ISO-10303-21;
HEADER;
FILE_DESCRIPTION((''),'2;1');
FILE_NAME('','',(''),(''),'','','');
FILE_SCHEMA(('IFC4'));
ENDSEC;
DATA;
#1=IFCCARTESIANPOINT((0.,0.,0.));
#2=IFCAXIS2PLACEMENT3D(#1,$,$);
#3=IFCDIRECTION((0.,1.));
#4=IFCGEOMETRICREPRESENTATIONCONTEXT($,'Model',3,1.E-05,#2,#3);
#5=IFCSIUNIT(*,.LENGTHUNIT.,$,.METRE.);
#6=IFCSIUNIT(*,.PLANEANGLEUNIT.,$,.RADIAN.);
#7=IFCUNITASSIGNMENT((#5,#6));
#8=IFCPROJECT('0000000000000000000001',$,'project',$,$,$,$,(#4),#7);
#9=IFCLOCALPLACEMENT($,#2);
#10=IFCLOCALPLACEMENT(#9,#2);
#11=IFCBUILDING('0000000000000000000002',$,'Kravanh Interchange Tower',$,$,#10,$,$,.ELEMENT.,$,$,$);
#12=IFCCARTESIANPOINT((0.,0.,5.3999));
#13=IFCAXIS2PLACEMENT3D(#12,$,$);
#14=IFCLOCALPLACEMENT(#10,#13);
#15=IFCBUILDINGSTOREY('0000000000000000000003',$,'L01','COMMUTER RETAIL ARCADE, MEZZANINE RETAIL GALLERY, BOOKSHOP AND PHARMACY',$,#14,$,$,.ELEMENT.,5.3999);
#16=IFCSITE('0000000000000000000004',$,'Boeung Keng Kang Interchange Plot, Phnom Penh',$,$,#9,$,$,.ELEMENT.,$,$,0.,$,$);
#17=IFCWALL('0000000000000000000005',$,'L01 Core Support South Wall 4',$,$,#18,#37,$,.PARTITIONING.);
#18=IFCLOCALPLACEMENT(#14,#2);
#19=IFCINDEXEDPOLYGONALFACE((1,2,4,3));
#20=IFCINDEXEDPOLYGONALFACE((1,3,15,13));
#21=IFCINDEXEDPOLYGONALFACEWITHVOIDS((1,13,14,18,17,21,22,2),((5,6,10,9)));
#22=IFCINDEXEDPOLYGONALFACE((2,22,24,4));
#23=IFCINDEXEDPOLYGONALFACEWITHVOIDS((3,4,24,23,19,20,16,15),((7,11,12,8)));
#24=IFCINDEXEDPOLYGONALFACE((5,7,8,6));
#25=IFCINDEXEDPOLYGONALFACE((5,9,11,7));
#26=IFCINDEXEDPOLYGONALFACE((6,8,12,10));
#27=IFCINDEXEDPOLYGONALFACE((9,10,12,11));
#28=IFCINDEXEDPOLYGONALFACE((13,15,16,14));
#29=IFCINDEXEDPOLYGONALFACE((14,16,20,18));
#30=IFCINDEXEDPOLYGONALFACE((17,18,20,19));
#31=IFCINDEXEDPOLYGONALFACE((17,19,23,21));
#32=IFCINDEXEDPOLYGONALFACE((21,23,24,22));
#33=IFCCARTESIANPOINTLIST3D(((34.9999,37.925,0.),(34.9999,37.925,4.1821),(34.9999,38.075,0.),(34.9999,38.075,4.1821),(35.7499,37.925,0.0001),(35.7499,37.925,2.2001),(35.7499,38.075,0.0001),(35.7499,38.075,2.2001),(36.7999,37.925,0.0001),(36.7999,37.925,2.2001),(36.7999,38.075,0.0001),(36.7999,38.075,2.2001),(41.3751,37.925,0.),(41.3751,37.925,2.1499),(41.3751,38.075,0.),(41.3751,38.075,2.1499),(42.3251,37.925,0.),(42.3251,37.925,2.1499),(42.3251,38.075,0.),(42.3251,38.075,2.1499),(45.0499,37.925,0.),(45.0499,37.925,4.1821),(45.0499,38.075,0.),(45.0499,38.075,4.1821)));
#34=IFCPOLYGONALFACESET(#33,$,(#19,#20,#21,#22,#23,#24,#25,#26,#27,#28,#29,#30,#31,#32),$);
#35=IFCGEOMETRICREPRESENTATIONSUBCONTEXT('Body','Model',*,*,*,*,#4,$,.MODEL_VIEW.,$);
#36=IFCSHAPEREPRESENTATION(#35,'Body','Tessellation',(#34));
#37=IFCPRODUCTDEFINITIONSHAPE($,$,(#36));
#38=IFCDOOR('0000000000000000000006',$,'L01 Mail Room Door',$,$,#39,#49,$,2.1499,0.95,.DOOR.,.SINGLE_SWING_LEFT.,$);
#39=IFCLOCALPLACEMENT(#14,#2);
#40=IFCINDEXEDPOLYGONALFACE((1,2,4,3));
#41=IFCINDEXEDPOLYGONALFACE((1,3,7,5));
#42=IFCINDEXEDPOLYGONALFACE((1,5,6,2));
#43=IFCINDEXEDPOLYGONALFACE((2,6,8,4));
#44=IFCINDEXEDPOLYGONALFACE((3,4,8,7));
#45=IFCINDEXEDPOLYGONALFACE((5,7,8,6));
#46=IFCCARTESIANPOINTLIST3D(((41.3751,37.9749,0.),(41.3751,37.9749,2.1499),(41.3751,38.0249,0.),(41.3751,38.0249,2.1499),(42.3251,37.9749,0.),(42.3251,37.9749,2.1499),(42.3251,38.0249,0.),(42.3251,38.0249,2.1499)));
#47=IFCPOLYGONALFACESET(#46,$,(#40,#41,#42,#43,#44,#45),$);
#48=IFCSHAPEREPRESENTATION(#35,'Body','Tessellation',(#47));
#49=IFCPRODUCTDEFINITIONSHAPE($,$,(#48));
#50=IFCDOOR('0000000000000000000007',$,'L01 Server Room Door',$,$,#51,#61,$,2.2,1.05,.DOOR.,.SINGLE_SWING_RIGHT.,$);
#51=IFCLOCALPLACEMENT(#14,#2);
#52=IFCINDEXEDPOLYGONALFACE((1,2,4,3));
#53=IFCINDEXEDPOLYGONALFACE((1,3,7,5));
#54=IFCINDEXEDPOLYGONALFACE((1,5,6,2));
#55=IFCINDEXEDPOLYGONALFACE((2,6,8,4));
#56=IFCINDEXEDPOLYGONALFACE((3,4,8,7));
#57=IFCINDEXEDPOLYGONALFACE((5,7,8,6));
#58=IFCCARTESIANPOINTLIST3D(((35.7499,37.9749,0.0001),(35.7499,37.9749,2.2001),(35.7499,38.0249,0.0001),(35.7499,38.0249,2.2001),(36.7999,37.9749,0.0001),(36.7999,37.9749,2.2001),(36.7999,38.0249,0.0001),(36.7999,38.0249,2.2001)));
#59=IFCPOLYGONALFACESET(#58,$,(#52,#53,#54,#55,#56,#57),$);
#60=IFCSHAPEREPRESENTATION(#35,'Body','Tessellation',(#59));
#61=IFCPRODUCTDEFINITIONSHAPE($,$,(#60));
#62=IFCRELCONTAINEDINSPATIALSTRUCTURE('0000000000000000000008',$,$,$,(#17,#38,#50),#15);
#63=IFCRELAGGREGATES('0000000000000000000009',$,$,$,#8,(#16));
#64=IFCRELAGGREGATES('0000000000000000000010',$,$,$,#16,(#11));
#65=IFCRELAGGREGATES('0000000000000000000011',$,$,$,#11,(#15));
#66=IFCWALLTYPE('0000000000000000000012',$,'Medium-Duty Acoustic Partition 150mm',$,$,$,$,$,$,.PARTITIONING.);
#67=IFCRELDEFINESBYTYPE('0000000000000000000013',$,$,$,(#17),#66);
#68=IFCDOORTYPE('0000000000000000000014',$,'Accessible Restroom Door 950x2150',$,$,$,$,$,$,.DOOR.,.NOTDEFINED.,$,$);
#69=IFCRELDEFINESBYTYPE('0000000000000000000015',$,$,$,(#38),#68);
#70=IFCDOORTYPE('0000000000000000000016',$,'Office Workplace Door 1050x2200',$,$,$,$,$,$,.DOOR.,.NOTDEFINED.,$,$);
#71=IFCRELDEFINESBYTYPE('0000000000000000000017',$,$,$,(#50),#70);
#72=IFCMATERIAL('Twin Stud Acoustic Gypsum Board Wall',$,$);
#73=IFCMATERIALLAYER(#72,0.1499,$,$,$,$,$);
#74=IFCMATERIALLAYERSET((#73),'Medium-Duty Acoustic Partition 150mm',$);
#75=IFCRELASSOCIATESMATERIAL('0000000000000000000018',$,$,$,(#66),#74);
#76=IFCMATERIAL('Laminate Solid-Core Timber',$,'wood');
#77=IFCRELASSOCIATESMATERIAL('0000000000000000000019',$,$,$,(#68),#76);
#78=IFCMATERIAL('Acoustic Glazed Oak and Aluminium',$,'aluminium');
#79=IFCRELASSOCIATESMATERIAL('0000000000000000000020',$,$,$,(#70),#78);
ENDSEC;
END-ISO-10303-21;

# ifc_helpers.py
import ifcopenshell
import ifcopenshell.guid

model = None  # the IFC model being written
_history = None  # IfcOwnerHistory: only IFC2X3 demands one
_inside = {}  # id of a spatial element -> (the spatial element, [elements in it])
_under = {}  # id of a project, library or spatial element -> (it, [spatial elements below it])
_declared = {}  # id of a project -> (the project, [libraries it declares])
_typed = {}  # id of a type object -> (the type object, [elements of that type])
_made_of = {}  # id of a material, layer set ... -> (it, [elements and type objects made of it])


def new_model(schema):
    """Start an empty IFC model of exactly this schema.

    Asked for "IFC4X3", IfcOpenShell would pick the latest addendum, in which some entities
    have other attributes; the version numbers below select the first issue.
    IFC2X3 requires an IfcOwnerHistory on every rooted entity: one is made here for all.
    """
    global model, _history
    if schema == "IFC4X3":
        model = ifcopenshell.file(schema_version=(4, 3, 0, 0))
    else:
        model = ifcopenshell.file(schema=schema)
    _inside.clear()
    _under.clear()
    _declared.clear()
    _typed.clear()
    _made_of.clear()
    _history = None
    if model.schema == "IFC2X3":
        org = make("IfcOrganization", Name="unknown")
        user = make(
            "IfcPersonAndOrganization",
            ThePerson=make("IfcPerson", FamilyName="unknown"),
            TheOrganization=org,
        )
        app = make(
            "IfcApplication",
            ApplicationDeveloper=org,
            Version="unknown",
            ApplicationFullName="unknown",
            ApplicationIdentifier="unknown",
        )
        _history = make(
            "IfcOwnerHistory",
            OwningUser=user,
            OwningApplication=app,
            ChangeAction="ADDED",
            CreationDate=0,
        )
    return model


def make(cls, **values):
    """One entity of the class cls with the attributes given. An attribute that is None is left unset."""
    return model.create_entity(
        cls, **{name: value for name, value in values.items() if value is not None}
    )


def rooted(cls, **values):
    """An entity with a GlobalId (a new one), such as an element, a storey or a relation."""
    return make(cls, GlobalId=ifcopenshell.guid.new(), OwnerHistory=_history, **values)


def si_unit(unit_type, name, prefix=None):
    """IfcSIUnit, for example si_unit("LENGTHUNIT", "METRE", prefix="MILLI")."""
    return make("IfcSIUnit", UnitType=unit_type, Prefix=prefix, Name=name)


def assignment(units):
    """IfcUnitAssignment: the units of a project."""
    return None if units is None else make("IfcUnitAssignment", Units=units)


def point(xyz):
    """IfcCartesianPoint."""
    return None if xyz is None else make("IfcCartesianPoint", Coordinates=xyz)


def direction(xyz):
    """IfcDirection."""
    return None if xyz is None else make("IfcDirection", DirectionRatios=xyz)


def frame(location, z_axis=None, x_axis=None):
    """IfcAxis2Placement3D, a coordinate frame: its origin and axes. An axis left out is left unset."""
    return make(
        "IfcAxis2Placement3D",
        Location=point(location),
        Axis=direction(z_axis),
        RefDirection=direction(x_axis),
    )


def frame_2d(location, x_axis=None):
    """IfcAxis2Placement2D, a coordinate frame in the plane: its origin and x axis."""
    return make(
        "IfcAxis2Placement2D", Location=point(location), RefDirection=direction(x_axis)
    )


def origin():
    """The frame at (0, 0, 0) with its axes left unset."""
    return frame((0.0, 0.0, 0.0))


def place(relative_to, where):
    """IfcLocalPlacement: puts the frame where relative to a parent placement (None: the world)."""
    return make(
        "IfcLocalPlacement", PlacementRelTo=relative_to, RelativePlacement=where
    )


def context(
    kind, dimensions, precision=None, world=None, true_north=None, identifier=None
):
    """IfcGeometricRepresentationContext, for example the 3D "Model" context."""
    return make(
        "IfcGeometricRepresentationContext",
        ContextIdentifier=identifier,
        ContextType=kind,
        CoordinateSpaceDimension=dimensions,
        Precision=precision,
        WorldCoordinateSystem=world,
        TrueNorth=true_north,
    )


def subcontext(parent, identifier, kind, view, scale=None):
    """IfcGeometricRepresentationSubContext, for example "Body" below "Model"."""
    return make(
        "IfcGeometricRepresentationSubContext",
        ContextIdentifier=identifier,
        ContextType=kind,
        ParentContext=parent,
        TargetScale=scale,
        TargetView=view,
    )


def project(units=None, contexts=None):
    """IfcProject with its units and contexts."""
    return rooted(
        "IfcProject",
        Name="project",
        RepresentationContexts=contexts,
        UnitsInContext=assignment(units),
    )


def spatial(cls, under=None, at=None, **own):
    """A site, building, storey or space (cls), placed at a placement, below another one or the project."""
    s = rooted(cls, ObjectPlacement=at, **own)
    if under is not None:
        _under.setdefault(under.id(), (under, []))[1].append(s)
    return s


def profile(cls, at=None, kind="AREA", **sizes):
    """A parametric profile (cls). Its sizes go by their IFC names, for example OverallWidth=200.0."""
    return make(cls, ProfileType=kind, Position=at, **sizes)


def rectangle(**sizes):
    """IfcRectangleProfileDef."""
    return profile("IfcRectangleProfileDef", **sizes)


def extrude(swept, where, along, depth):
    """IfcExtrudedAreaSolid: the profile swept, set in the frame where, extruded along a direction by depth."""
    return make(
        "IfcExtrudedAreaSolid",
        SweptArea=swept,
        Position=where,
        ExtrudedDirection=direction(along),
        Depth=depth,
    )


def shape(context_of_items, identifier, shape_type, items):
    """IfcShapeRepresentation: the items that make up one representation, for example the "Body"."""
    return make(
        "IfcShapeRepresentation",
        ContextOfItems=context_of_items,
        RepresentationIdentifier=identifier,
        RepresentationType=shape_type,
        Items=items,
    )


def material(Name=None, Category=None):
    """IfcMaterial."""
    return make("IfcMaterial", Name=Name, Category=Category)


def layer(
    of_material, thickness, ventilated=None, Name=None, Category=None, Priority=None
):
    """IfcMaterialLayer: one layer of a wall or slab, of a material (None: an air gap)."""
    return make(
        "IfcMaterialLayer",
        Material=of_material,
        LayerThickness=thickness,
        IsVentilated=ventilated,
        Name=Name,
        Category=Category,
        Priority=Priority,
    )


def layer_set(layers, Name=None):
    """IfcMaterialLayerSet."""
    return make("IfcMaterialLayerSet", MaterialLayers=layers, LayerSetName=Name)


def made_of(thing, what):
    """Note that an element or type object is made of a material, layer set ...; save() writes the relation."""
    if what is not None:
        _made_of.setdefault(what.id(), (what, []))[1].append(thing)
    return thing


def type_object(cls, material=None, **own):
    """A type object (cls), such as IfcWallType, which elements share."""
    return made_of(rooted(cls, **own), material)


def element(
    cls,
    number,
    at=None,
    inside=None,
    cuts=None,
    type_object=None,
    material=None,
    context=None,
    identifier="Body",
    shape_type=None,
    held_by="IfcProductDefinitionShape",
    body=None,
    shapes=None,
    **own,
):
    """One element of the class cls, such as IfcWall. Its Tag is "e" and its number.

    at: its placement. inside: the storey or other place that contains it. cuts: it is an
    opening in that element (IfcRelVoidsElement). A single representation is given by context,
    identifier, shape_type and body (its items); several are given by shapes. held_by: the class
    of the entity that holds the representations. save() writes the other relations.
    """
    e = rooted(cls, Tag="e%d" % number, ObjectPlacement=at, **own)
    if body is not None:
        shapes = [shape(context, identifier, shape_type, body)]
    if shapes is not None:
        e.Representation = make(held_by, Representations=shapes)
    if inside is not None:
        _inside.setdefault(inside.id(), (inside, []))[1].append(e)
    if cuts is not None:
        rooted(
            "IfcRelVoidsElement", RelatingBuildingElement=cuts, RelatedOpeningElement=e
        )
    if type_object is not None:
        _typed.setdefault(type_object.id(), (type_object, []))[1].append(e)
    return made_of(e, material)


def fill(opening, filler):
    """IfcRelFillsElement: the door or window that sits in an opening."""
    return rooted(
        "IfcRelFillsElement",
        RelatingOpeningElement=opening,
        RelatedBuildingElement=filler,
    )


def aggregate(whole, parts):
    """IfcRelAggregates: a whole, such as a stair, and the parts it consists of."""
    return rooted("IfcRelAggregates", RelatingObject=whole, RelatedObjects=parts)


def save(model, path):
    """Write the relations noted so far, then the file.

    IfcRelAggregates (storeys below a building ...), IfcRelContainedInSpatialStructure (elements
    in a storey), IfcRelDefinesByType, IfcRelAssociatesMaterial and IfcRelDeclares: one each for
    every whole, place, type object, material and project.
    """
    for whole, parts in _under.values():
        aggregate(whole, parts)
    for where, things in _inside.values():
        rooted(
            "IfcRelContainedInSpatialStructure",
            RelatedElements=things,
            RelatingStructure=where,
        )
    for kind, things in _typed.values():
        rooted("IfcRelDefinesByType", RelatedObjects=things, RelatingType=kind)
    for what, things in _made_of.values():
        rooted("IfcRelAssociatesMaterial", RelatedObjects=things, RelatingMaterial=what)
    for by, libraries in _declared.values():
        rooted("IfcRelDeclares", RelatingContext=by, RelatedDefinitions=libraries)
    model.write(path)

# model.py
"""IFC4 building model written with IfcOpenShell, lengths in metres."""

from ifc_helpers import new_model, si_unit, direction, frame, frame_2d, origin, place, context, subcontext, project, spatial, rectangle, extrude, material, layer, layer_set, type_object, element, fill, save


model = new_model("IFC4")

# Units and contexts
model_context = context("Model", 3, precision=1e-05, world=origin(), true_north=direction((0.0, 1.0)))
body_context = subcontext(model_context, "Body", "Model", "MODEL_VIEW")
ifc_project = project(units=[si_unit("LENGTHUNIT", "METRE"), si_unit("PLANEANGLEUNIT", "RADIAN")], contexts=[model_context])

# Site, building, storey
site_placement = place(None, origin())
site = spatial("IfcSite", under=ifc_project, at=site_placement, Name="Boeung Keng Kang Interchange Plot, Phnom Penh", CompositionType="ELEMENT", RefElevation=0.0)
building_placement = place(site_placement, origin())
building = spatial("IfcBuilding", under=site, at=building_placement, Name="Kravanh Interchange Tower", CompositionType="ELEMENT")
storey_placement = place(building_placement, frame((0.0, 0.0, 5.3999)))
storey = spatial("IfcBuildingStorey", under=building, at=storey_placement, Name="L01", Description="COMMUTER RETAIL ARCADE, MEZZANINE RETAIL GALLERY, BOOKSHOP AND PHARMACY", CompositionType="ELEMENT", Elevation=5.3999)

# Wall, openings, doors
ifc_material_1 = material(Name="Twin Stud Acoustic Gypsum Board Wall")
ifc_layer_1 = layer(ifc_material_1, 0.1499)
ifc_layer_set_1 = layer_set([ifc_layer_1], Name="Medium-Duty Acoustic Partition 150mm")
wall_type_1 = type_object("IfcWallType", Name="Medium-Duty Acoustic Partition 150mm", PredefinedType="PARTITIONING", material=ifc_layer_set_1)
wall_1_placement = place(storey_placement, frame((35.0, 38.0, 0.0), z_axis=(0.0, 0.0, 1.0), x_axis=(1.0, 0.0, 0.0)))
wall_1 = element("IfcWall", 1, at=wall_1_placement, inside=storey, type_object=wall_type_1, Name="L01 Core Support South Wall 4", PredefinedType="PARTITIONING", context=body_context, shape_type="SweptSolid", body=[
    extrude(rectangle(XDim=10.05, YDim=0.1499, at=frame_2d((5.0249, 0.0))), origin(), (0.0, 0.0, 1.0), 4.1821),
])
opening_1_placement = place(wall_1_placement, frame((0.75, 0.0, 0.0)))
opening_1 = element("IfcOpeningElement", 2, at=opening_1_placement, cuts=wall_1, PredefinedType="OPENING", context=body_context, shape_type="SweptSolid", body=[
    extrude(rectangle(XDim=1.05, YDim=2.2, at=frame_2d((0.5249, 1.1001))), frame((0.0, 0.085, 0.0), z_axis=(0.0, -1.0, 0.0), x_axis=(1.0, 0.0, 0.0)), (0.0, 0.0, 1.0), 0.1699),
])
opening_2_placement = place(wall_1_placement, frame((6.375, 0.0, 0.0)))
opening_2 = element("IfcOpeningElement", 3, at=opening_2_placement, cuts=wall_1, PredefinedType="OPENING", context=body_context, shape_type="SweptSolid", body=[
    extrude(rectangle(XDim=0.95, YDim=2.1499, at=frame_2d((0.4751, 1.075))), frame((0.0, 0.085, 0.0), z_axis=(0.0, -1.0, 0.0), x_axis=(1.0, 0.0, 0.0)), (0.0, 0.0, 1.0), 0.1699),
])
ifc_material_2 = material(Name="Laminate Solid-Core Timber", Category="wood")
door_type_1 = type_object("IfcDoorType", Name="Accessible Restroom Door 950x2150", OperationType="NOTDEFINED", PredefinedType="DOOR", material=ifc_material_2)
door_1_placement = place(opening_2_placement, origin())
door_1 = element("IfcDoor", 4, at=door_1_placement, inside=storey, type_object=door_type_1, Name="L01 Mail Room Door", OperationType="SINGLE_SWING_LEFT", OverallHeight=2.1499, OverallWidth=0.95, PredefinedType="DOOR", context=body_context, shape_type="SweptSolid", body=[
    extrude(rectangle(XDim=0.95, YDim=2.1499, at=frame_2d((0.4751, 1.075))), frame((0.0, 0.0249, 0.0), z_axis=(0.0, -1.0, 0.0), x_axis=(1.0, 0.0, 0.0)), (0.0, 0.0, 1.0), 0.05),
])
fill(opening_2, door_1)
ifc_material_3 = material(Name="Acoustic Glazed Oak and Aluminium", Category="aluminium")
door_type_2 = type_object("IfcDoorType", Name="Office Workplace Door 1050x2200", OperationType="NOTDEFINED", PredefinedType="DOOR", material=ifc_material_3)
door_2_placement = place(opening_1_placement, origin())
door_2 = element("IfcDoor", 5, at=door_2_placement, inside=storey, type_object=door_type_2, Name="L01 Server Room Door", OperationType="SINGLE_SWING_RIGHT", OverallHeight=2.2, OverallWidth=1.05, PredefinedType="DOOR", context=body_context, shape_type="SweptSolid", body=[
    extrude(rectangle(XDim=1.05, YDim=2.2, at=frame_2d((0.5249, 1.1001))), frame((0.0, 0.0249, 0.0), z_axis=(0.0, -1.0, 0.0), x_axis=(1.0, 0.0, 0.0)), (0.0, 0.0, 1.0), 0.05),
])
fill(opening_1, door_2)

save(model, "model.ifc")
